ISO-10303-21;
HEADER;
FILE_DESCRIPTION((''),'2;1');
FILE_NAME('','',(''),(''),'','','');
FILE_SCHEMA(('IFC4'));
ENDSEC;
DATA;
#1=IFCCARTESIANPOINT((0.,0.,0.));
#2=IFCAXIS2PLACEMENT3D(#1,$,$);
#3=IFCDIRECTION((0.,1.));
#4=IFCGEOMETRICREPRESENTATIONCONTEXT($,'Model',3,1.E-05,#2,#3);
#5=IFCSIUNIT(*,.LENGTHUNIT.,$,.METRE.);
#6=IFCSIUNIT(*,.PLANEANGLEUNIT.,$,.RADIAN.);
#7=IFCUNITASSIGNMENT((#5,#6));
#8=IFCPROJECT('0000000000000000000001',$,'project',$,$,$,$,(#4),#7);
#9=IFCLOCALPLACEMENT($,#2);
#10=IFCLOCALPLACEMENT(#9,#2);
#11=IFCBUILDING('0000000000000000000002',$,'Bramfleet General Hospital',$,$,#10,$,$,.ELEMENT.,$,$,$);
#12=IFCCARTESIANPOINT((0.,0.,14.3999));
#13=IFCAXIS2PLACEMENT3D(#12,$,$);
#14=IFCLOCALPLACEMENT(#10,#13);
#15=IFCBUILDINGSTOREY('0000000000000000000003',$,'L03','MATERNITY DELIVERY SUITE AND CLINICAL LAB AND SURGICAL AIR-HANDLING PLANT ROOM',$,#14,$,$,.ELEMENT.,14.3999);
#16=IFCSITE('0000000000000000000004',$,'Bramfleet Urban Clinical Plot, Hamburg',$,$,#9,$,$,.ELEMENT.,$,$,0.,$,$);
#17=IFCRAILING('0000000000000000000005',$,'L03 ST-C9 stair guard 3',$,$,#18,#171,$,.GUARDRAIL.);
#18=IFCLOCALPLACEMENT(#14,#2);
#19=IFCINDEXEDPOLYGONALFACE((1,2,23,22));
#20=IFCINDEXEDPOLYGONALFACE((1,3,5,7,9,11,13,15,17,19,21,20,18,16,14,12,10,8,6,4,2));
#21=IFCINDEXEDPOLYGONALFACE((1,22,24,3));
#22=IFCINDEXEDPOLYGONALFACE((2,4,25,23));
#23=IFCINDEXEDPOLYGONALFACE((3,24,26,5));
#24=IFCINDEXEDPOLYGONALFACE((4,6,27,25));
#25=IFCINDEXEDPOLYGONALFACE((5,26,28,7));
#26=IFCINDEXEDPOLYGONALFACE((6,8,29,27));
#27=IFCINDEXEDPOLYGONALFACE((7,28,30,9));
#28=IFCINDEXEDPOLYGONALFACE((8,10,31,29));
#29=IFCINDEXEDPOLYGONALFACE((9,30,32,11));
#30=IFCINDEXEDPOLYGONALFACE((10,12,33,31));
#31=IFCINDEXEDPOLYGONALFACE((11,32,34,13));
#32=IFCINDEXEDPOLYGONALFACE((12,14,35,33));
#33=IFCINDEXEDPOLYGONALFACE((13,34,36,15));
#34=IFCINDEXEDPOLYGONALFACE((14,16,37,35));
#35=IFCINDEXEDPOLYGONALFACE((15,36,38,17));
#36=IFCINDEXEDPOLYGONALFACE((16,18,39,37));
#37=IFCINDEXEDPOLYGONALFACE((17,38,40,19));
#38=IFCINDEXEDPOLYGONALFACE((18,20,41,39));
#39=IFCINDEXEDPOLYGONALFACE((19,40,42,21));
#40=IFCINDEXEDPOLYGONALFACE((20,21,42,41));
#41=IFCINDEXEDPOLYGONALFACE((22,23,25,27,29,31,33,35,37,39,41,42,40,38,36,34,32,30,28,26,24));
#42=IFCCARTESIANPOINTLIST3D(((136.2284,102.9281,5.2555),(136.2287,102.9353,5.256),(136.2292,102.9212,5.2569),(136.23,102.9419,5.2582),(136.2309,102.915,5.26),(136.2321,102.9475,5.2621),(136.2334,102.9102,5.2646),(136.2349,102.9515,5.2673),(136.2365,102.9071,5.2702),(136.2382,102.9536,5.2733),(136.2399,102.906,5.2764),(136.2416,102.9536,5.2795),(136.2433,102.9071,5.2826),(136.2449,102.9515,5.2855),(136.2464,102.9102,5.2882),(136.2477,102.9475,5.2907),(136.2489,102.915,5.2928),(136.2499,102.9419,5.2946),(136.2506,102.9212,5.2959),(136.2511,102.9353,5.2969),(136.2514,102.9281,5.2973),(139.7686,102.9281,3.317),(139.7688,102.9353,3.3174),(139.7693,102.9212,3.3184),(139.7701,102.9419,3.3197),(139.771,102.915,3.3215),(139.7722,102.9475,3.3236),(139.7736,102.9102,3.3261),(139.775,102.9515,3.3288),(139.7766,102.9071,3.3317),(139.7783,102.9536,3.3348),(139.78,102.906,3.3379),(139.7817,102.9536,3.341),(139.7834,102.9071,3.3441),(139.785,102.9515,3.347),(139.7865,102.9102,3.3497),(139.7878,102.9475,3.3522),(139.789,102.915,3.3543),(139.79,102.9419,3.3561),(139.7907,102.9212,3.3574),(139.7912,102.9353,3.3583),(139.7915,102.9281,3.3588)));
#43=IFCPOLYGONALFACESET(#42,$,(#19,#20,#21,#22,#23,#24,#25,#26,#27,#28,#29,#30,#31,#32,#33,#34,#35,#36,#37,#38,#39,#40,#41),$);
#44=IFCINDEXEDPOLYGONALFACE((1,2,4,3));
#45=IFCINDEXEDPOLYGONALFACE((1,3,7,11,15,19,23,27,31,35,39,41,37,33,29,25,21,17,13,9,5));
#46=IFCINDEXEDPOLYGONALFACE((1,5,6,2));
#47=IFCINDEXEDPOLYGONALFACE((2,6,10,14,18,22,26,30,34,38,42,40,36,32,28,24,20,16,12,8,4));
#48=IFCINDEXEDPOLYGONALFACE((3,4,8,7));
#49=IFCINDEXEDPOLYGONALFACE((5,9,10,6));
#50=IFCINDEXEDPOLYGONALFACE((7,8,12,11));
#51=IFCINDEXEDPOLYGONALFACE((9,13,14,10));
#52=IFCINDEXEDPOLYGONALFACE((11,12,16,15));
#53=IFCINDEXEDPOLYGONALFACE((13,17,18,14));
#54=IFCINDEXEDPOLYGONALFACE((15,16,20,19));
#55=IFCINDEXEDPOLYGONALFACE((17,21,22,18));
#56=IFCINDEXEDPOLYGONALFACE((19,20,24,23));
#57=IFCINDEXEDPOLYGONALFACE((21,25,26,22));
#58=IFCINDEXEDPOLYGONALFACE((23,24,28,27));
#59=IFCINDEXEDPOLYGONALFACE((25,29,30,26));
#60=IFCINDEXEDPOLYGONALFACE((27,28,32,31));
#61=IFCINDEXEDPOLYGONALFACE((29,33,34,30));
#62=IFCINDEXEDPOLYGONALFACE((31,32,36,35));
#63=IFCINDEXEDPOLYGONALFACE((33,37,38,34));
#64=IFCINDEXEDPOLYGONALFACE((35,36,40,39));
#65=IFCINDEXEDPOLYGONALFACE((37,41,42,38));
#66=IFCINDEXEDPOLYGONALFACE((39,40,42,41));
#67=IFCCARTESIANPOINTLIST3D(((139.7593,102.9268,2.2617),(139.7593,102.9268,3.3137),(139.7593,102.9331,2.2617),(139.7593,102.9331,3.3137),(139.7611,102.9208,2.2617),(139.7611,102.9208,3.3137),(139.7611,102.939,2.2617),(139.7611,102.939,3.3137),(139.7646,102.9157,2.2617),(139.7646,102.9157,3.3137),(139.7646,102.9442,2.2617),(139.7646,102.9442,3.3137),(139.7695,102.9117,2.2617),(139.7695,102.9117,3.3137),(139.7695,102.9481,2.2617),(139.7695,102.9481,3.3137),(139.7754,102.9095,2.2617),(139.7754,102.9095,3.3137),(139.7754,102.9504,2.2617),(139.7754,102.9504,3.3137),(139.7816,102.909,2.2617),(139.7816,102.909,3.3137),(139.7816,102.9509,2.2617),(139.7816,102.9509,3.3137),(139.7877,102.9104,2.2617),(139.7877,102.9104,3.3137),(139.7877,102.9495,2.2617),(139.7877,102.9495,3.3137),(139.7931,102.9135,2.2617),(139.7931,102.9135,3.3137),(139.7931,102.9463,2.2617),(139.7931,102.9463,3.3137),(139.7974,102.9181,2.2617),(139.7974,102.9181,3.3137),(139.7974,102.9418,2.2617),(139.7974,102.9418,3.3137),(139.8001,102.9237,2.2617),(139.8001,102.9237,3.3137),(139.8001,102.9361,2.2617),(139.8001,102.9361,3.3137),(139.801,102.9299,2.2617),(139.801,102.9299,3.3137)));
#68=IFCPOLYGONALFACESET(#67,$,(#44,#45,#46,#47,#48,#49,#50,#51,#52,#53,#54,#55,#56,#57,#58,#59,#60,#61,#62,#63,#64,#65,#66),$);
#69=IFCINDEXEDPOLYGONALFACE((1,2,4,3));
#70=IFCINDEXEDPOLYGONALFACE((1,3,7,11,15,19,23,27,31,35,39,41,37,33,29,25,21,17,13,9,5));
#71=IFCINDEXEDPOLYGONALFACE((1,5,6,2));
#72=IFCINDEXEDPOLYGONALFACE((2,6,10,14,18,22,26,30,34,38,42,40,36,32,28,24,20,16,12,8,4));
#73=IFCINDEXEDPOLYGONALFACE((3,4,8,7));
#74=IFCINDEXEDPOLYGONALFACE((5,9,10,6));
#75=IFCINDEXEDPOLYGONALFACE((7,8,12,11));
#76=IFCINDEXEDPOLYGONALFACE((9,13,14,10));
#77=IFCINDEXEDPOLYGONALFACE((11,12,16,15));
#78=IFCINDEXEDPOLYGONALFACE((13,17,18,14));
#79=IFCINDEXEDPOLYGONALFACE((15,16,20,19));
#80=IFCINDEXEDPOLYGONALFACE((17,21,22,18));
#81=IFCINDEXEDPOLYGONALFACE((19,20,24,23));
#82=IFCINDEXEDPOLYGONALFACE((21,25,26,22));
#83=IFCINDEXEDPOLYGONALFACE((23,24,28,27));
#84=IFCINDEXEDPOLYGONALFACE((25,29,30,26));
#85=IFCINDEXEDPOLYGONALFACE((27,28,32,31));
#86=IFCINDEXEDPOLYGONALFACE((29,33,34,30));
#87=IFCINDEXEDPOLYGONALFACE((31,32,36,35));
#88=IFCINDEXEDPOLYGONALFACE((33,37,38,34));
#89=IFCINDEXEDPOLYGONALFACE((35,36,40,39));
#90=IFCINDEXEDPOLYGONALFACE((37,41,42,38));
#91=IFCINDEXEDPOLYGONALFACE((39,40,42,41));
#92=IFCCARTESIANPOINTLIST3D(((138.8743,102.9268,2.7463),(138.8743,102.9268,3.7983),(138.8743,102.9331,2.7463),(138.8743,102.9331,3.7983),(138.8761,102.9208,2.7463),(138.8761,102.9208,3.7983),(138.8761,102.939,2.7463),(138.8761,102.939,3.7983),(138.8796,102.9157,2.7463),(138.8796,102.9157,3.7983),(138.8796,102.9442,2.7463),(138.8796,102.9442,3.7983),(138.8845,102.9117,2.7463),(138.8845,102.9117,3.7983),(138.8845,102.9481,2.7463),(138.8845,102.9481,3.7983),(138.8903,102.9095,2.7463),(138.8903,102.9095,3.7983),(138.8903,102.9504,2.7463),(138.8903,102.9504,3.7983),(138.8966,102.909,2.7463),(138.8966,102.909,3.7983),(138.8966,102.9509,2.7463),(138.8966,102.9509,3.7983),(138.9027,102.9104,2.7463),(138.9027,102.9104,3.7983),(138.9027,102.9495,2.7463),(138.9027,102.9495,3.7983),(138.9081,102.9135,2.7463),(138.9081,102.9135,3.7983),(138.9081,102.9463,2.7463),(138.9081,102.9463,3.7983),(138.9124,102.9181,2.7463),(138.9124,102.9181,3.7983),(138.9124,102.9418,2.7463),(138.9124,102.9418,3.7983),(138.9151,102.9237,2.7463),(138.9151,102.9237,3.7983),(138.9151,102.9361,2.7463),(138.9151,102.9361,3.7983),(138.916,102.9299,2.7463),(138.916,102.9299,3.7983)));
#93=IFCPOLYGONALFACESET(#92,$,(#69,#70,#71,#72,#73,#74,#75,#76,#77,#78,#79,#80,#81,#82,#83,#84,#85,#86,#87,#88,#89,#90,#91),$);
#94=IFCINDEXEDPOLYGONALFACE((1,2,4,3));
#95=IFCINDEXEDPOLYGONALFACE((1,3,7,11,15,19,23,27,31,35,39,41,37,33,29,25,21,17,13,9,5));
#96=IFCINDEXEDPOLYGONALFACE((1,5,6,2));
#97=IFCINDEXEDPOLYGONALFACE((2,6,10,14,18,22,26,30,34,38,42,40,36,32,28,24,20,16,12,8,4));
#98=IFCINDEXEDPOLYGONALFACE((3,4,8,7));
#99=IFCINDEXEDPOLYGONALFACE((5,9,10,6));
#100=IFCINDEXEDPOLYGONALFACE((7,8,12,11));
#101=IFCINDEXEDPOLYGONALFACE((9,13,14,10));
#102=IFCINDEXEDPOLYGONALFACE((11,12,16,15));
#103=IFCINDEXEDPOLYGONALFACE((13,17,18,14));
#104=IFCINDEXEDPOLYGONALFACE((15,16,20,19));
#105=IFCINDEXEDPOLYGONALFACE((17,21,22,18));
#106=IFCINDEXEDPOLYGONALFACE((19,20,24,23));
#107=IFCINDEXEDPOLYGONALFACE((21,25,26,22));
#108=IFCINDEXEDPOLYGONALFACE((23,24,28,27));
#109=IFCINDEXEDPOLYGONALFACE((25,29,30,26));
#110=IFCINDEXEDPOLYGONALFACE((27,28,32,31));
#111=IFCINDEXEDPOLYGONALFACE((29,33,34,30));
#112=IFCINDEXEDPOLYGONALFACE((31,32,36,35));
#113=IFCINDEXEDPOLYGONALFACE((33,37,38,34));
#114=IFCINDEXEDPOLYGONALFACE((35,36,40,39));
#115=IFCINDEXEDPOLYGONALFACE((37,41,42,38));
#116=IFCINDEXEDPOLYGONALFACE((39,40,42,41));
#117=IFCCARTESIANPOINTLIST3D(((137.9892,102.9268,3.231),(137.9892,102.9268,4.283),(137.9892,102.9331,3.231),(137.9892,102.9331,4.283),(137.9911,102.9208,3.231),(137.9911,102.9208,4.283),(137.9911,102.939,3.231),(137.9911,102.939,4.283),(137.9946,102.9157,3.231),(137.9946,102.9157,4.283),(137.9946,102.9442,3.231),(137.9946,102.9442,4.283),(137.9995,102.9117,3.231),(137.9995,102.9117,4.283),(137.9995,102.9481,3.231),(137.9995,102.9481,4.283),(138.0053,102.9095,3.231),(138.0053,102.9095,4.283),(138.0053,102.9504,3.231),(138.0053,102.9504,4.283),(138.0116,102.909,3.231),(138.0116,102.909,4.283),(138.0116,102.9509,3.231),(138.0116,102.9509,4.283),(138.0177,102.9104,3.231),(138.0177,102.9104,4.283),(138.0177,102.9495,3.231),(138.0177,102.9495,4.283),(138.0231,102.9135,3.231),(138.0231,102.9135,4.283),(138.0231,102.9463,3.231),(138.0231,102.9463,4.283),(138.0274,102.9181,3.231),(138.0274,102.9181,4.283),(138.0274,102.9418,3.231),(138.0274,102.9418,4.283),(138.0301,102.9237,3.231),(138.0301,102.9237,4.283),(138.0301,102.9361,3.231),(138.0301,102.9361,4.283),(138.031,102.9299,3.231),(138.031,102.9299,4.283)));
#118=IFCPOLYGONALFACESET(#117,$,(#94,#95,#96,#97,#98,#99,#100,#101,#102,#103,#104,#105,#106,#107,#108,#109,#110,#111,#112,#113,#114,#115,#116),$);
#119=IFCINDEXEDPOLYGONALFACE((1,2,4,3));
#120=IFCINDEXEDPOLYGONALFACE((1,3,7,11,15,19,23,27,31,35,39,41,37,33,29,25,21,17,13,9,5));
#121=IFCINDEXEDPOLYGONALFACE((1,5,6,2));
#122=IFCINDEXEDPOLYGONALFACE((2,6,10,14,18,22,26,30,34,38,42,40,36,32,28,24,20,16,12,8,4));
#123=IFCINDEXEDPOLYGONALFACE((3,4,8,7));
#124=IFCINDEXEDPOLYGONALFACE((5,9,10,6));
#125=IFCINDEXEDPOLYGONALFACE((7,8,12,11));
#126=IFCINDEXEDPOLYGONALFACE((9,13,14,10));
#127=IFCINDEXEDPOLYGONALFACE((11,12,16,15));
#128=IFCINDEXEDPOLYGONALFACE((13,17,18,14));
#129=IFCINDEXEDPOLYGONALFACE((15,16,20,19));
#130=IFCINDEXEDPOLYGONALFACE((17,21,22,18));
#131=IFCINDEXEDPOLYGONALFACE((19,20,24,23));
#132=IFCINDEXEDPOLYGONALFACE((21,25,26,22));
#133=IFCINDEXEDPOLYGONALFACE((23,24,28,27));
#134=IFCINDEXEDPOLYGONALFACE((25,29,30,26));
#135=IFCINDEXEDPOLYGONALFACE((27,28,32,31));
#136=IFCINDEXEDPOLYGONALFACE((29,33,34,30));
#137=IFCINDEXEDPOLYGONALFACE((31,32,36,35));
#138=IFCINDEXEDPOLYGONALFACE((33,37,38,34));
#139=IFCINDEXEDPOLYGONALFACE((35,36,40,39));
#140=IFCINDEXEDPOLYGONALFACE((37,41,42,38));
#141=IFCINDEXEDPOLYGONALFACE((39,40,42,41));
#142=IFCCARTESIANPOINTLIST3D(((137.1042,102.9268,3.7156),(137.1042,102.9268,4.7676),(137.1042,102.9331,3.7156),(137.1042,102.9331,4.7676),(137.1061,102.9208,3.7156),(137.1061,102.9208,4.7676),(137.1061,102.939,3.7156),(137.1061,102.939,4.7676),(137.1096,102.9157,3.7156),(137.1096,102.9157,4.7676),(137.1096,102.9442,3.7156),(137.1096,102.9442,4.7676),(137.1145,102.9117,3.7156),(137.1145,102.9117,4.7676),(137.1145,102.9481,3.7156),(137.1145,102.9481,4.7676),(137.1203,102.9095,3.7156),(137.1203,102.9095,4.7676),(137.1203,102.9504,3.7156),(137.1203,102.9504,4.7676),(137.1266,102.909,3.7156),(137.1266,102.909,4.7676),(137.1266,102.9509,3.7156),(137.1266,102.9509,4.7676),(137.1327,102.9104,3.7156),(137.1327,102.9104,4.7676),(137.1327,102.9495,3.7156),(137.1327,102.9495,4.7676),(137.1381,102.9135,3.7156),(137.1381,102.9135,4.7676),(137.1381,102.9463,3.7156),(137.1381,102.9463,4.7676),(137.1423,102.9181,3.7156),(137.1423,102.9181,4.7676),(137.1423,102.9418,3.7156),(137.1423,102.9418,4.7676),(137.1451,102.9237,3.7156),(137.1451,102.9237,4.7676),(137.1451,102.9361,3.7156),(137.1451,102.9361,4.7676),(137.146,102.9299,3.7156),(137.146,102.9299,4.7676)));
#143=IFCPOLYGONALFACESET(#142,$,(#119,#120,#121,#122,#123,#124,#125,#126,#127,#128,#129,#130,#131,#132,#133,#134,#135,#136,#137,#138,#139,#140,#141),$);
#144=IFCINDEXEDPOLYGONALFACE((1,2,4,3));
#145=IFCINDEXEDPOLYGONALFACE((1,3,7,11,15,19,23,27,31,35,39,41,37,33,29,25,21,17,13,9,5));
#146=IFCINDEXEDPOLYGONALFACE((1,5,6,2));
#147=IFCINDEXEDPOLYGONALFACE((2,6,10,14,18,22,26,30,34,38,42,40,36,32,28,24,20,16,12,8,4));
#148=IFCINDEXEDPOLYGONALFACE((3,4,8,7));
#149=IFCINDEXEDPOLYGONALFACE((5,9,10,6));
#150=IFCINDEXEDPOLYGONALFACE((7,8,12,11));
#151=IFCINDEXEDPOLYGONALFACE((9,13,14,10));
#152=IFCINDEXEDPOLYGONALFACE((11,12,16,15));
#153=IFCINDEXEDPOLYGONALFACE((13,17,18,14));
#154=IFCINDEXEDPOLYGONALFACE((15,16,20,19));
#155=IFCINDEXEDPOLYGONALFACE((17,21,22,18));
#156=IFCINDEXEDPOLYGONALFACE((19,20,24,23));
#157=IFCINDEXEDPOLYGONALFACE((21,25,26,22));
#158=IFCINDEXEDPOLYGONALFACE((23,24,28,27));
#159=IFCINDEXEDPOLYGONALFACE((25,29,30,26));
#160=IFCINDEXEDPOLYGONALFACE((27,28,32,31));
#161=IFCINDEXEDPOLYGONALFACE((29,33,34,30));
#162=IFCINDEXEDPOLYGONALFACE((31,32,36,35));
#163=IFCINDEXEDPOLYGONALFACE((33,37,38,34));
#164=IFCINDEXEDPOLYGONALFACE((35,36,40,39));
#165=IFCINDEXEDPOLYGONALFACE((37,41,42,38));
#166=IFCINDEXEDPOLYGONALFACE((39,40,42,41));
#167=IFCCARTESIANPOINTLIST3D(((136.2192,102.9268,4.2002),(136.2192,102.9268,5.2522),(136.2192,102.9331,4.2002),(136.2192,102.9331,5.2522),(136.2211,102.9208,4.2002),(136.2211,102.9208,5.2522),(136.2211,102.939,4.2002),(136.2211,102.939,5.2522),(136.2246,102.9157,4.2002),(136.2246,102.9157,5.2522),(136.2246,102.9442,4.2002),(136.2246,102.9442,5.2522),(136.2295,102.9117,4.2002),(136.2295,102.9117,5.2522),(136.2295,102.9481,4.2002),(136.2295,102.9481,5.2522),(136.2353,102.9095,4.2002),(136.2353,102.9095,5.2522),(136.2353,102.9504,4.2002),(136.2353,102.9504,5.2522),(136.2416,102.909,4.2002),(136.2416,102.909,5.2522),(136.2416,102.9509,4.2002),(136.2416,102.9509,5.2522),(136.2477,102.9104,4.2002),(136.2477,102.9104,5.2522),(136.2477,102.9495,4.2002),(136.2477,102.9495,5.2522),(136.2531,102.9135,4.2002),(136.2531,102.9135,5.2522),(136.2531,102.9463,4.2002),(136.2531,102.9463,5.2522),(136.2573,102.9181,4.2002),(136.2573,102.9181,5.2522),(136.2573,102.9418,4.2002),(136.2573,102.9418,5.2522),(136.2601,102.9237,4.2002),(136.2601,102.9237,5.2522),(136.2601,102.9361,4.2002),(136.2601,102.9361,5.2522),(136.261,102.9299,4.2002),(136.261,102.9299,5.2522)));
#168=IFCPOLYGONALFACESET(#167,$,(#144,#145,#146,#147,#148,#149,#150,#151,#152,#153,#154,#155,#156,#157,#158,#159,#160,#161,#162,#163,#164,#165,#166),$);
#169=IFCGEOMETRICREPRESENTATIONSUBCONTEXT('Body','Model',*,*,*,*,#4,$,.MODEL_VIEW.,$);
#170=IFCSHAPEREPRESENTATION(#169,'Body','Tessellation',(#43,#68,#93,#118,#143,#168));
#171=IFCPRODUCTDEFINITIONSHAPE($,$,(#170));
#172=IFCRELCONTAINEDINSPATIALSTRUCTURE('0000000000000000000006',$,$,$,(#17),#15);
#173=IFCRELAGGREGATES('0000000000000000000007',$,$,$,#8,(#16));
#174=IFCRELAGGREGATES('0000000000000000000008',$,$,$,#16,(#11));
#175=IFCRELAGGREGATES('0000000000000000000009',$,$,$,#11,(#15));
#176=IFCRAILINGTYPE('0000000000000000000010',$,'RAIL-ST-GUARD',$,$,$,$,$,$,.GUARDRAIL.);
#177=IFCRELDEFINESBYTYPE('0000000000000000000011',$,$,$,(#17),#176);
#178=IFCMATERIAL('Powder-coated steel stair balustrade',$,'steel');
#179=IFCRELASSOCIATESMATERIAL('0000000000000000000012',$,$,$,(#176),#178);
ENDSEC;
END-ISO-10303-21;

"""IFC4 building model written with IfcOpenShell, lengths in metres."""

from ifc_helpers import new_model, si_unit, direction, frame, origin, origin_2d, place, context, subcontext, project, spatial, circle, extrude, material, type_object, element, save


model = new_model("IFC4")

# Units and contexts
model_context = context("Model", 3, precision=1e-05, world=origin(), true_north=direction((0.0, 1.0)))
body_context = subcontext(model_context, "Body", "Model", "MODEL_VIEW")
ifc_project = project(units=[si_unit("LENGTHUNIT", "METRE"), si_unit("PLANEANGLEUNIT", "RADIAN")], contexts=[model_context])

# Site, building, storey
site_placement = place(None, origin())
site = spatial("IfcSite", under=ifc_project, at=site_placement, Name="Bramfleet Urban Clinical Plot, Hamburg", CompositionType="ELEMENT", RefElevation=0.0)
building_placement = place(site_placement, origin())
building = spatial("IfcBuilding", under=site, at=building_placement, Name="Bramfleet General Hospital", CompositionType="ELEMENT")
storey_placement = place(building_placement, frame((0.0, 0.0, 14.3999)))
storey = spatial("IfcBuildingStorey", under=building, at=storey_placement, Name="L03", Description="MATERNITY DELIVERY SUITE AND CLINICAL LAB AND SURGICAL AIR-HANDLING PLANT ROOM", CompositionType="ELEMENT", Elevation=14.3999)

# Railing
ifc_material_1 = material(Name="Powder-coated steel stair balustrade", Category="steel")
railing_type_1 = type_object("IfcRailingType", Name="RAIL-ST-GUARD", PredefinedType="GUARDRAIL", material=ifc_material_1)
railing_1_placement = place(storey_placement, frame((139.78, 102.9299, 2.2617)))
element("IfcRailing", 1, at=railing_1_placement, inside=storey, type_object=railing_type_1, Name="L03 ST-C9 stair guard 3", PredefinedType="GUARDRAIL", context=body_context, shape_type="SweptSolid", body=[
    extrude(circle(Radius=0.0239, at=origin_2d()), frame((0.0, 0.0, 1.0762), z_axis=(-0.877108, 0.0, 0.480292), x_axis=(0.0, -1.0, 0.0)), (0.0, 0.0, 1.0), 4.0361),
    extrude(circle(Radius=0.021, at=origin_2d()), origin(), (0.0, 0.0, 1.0), 1.052),
    extrude(circle(Radius=0.021, at=origin_2d()), frame((-0.885, 0.0, 0.4846)), (0.0, 0.0, 1.0), 1.052),
    extrude(circle(Radius=0.021, at=origin_2d()), frame((-1.77, 0.0, 0.9692)), (0.0, 0.0, 1.0), 1.052),
    extrude(circle(Radius=0.021, at=origin_2d()), frame((-2.655, 0.0, 1.4539)), (0.0, 0.0, 1.0), 1.052),
    extrude(circle(Radius=0.021, at=origin_2d()), frame((-3.54, 0.0, 1.9385)), (0.0, 0.0, 1.0), 1.052),
])

save(model, "model.ifc")
